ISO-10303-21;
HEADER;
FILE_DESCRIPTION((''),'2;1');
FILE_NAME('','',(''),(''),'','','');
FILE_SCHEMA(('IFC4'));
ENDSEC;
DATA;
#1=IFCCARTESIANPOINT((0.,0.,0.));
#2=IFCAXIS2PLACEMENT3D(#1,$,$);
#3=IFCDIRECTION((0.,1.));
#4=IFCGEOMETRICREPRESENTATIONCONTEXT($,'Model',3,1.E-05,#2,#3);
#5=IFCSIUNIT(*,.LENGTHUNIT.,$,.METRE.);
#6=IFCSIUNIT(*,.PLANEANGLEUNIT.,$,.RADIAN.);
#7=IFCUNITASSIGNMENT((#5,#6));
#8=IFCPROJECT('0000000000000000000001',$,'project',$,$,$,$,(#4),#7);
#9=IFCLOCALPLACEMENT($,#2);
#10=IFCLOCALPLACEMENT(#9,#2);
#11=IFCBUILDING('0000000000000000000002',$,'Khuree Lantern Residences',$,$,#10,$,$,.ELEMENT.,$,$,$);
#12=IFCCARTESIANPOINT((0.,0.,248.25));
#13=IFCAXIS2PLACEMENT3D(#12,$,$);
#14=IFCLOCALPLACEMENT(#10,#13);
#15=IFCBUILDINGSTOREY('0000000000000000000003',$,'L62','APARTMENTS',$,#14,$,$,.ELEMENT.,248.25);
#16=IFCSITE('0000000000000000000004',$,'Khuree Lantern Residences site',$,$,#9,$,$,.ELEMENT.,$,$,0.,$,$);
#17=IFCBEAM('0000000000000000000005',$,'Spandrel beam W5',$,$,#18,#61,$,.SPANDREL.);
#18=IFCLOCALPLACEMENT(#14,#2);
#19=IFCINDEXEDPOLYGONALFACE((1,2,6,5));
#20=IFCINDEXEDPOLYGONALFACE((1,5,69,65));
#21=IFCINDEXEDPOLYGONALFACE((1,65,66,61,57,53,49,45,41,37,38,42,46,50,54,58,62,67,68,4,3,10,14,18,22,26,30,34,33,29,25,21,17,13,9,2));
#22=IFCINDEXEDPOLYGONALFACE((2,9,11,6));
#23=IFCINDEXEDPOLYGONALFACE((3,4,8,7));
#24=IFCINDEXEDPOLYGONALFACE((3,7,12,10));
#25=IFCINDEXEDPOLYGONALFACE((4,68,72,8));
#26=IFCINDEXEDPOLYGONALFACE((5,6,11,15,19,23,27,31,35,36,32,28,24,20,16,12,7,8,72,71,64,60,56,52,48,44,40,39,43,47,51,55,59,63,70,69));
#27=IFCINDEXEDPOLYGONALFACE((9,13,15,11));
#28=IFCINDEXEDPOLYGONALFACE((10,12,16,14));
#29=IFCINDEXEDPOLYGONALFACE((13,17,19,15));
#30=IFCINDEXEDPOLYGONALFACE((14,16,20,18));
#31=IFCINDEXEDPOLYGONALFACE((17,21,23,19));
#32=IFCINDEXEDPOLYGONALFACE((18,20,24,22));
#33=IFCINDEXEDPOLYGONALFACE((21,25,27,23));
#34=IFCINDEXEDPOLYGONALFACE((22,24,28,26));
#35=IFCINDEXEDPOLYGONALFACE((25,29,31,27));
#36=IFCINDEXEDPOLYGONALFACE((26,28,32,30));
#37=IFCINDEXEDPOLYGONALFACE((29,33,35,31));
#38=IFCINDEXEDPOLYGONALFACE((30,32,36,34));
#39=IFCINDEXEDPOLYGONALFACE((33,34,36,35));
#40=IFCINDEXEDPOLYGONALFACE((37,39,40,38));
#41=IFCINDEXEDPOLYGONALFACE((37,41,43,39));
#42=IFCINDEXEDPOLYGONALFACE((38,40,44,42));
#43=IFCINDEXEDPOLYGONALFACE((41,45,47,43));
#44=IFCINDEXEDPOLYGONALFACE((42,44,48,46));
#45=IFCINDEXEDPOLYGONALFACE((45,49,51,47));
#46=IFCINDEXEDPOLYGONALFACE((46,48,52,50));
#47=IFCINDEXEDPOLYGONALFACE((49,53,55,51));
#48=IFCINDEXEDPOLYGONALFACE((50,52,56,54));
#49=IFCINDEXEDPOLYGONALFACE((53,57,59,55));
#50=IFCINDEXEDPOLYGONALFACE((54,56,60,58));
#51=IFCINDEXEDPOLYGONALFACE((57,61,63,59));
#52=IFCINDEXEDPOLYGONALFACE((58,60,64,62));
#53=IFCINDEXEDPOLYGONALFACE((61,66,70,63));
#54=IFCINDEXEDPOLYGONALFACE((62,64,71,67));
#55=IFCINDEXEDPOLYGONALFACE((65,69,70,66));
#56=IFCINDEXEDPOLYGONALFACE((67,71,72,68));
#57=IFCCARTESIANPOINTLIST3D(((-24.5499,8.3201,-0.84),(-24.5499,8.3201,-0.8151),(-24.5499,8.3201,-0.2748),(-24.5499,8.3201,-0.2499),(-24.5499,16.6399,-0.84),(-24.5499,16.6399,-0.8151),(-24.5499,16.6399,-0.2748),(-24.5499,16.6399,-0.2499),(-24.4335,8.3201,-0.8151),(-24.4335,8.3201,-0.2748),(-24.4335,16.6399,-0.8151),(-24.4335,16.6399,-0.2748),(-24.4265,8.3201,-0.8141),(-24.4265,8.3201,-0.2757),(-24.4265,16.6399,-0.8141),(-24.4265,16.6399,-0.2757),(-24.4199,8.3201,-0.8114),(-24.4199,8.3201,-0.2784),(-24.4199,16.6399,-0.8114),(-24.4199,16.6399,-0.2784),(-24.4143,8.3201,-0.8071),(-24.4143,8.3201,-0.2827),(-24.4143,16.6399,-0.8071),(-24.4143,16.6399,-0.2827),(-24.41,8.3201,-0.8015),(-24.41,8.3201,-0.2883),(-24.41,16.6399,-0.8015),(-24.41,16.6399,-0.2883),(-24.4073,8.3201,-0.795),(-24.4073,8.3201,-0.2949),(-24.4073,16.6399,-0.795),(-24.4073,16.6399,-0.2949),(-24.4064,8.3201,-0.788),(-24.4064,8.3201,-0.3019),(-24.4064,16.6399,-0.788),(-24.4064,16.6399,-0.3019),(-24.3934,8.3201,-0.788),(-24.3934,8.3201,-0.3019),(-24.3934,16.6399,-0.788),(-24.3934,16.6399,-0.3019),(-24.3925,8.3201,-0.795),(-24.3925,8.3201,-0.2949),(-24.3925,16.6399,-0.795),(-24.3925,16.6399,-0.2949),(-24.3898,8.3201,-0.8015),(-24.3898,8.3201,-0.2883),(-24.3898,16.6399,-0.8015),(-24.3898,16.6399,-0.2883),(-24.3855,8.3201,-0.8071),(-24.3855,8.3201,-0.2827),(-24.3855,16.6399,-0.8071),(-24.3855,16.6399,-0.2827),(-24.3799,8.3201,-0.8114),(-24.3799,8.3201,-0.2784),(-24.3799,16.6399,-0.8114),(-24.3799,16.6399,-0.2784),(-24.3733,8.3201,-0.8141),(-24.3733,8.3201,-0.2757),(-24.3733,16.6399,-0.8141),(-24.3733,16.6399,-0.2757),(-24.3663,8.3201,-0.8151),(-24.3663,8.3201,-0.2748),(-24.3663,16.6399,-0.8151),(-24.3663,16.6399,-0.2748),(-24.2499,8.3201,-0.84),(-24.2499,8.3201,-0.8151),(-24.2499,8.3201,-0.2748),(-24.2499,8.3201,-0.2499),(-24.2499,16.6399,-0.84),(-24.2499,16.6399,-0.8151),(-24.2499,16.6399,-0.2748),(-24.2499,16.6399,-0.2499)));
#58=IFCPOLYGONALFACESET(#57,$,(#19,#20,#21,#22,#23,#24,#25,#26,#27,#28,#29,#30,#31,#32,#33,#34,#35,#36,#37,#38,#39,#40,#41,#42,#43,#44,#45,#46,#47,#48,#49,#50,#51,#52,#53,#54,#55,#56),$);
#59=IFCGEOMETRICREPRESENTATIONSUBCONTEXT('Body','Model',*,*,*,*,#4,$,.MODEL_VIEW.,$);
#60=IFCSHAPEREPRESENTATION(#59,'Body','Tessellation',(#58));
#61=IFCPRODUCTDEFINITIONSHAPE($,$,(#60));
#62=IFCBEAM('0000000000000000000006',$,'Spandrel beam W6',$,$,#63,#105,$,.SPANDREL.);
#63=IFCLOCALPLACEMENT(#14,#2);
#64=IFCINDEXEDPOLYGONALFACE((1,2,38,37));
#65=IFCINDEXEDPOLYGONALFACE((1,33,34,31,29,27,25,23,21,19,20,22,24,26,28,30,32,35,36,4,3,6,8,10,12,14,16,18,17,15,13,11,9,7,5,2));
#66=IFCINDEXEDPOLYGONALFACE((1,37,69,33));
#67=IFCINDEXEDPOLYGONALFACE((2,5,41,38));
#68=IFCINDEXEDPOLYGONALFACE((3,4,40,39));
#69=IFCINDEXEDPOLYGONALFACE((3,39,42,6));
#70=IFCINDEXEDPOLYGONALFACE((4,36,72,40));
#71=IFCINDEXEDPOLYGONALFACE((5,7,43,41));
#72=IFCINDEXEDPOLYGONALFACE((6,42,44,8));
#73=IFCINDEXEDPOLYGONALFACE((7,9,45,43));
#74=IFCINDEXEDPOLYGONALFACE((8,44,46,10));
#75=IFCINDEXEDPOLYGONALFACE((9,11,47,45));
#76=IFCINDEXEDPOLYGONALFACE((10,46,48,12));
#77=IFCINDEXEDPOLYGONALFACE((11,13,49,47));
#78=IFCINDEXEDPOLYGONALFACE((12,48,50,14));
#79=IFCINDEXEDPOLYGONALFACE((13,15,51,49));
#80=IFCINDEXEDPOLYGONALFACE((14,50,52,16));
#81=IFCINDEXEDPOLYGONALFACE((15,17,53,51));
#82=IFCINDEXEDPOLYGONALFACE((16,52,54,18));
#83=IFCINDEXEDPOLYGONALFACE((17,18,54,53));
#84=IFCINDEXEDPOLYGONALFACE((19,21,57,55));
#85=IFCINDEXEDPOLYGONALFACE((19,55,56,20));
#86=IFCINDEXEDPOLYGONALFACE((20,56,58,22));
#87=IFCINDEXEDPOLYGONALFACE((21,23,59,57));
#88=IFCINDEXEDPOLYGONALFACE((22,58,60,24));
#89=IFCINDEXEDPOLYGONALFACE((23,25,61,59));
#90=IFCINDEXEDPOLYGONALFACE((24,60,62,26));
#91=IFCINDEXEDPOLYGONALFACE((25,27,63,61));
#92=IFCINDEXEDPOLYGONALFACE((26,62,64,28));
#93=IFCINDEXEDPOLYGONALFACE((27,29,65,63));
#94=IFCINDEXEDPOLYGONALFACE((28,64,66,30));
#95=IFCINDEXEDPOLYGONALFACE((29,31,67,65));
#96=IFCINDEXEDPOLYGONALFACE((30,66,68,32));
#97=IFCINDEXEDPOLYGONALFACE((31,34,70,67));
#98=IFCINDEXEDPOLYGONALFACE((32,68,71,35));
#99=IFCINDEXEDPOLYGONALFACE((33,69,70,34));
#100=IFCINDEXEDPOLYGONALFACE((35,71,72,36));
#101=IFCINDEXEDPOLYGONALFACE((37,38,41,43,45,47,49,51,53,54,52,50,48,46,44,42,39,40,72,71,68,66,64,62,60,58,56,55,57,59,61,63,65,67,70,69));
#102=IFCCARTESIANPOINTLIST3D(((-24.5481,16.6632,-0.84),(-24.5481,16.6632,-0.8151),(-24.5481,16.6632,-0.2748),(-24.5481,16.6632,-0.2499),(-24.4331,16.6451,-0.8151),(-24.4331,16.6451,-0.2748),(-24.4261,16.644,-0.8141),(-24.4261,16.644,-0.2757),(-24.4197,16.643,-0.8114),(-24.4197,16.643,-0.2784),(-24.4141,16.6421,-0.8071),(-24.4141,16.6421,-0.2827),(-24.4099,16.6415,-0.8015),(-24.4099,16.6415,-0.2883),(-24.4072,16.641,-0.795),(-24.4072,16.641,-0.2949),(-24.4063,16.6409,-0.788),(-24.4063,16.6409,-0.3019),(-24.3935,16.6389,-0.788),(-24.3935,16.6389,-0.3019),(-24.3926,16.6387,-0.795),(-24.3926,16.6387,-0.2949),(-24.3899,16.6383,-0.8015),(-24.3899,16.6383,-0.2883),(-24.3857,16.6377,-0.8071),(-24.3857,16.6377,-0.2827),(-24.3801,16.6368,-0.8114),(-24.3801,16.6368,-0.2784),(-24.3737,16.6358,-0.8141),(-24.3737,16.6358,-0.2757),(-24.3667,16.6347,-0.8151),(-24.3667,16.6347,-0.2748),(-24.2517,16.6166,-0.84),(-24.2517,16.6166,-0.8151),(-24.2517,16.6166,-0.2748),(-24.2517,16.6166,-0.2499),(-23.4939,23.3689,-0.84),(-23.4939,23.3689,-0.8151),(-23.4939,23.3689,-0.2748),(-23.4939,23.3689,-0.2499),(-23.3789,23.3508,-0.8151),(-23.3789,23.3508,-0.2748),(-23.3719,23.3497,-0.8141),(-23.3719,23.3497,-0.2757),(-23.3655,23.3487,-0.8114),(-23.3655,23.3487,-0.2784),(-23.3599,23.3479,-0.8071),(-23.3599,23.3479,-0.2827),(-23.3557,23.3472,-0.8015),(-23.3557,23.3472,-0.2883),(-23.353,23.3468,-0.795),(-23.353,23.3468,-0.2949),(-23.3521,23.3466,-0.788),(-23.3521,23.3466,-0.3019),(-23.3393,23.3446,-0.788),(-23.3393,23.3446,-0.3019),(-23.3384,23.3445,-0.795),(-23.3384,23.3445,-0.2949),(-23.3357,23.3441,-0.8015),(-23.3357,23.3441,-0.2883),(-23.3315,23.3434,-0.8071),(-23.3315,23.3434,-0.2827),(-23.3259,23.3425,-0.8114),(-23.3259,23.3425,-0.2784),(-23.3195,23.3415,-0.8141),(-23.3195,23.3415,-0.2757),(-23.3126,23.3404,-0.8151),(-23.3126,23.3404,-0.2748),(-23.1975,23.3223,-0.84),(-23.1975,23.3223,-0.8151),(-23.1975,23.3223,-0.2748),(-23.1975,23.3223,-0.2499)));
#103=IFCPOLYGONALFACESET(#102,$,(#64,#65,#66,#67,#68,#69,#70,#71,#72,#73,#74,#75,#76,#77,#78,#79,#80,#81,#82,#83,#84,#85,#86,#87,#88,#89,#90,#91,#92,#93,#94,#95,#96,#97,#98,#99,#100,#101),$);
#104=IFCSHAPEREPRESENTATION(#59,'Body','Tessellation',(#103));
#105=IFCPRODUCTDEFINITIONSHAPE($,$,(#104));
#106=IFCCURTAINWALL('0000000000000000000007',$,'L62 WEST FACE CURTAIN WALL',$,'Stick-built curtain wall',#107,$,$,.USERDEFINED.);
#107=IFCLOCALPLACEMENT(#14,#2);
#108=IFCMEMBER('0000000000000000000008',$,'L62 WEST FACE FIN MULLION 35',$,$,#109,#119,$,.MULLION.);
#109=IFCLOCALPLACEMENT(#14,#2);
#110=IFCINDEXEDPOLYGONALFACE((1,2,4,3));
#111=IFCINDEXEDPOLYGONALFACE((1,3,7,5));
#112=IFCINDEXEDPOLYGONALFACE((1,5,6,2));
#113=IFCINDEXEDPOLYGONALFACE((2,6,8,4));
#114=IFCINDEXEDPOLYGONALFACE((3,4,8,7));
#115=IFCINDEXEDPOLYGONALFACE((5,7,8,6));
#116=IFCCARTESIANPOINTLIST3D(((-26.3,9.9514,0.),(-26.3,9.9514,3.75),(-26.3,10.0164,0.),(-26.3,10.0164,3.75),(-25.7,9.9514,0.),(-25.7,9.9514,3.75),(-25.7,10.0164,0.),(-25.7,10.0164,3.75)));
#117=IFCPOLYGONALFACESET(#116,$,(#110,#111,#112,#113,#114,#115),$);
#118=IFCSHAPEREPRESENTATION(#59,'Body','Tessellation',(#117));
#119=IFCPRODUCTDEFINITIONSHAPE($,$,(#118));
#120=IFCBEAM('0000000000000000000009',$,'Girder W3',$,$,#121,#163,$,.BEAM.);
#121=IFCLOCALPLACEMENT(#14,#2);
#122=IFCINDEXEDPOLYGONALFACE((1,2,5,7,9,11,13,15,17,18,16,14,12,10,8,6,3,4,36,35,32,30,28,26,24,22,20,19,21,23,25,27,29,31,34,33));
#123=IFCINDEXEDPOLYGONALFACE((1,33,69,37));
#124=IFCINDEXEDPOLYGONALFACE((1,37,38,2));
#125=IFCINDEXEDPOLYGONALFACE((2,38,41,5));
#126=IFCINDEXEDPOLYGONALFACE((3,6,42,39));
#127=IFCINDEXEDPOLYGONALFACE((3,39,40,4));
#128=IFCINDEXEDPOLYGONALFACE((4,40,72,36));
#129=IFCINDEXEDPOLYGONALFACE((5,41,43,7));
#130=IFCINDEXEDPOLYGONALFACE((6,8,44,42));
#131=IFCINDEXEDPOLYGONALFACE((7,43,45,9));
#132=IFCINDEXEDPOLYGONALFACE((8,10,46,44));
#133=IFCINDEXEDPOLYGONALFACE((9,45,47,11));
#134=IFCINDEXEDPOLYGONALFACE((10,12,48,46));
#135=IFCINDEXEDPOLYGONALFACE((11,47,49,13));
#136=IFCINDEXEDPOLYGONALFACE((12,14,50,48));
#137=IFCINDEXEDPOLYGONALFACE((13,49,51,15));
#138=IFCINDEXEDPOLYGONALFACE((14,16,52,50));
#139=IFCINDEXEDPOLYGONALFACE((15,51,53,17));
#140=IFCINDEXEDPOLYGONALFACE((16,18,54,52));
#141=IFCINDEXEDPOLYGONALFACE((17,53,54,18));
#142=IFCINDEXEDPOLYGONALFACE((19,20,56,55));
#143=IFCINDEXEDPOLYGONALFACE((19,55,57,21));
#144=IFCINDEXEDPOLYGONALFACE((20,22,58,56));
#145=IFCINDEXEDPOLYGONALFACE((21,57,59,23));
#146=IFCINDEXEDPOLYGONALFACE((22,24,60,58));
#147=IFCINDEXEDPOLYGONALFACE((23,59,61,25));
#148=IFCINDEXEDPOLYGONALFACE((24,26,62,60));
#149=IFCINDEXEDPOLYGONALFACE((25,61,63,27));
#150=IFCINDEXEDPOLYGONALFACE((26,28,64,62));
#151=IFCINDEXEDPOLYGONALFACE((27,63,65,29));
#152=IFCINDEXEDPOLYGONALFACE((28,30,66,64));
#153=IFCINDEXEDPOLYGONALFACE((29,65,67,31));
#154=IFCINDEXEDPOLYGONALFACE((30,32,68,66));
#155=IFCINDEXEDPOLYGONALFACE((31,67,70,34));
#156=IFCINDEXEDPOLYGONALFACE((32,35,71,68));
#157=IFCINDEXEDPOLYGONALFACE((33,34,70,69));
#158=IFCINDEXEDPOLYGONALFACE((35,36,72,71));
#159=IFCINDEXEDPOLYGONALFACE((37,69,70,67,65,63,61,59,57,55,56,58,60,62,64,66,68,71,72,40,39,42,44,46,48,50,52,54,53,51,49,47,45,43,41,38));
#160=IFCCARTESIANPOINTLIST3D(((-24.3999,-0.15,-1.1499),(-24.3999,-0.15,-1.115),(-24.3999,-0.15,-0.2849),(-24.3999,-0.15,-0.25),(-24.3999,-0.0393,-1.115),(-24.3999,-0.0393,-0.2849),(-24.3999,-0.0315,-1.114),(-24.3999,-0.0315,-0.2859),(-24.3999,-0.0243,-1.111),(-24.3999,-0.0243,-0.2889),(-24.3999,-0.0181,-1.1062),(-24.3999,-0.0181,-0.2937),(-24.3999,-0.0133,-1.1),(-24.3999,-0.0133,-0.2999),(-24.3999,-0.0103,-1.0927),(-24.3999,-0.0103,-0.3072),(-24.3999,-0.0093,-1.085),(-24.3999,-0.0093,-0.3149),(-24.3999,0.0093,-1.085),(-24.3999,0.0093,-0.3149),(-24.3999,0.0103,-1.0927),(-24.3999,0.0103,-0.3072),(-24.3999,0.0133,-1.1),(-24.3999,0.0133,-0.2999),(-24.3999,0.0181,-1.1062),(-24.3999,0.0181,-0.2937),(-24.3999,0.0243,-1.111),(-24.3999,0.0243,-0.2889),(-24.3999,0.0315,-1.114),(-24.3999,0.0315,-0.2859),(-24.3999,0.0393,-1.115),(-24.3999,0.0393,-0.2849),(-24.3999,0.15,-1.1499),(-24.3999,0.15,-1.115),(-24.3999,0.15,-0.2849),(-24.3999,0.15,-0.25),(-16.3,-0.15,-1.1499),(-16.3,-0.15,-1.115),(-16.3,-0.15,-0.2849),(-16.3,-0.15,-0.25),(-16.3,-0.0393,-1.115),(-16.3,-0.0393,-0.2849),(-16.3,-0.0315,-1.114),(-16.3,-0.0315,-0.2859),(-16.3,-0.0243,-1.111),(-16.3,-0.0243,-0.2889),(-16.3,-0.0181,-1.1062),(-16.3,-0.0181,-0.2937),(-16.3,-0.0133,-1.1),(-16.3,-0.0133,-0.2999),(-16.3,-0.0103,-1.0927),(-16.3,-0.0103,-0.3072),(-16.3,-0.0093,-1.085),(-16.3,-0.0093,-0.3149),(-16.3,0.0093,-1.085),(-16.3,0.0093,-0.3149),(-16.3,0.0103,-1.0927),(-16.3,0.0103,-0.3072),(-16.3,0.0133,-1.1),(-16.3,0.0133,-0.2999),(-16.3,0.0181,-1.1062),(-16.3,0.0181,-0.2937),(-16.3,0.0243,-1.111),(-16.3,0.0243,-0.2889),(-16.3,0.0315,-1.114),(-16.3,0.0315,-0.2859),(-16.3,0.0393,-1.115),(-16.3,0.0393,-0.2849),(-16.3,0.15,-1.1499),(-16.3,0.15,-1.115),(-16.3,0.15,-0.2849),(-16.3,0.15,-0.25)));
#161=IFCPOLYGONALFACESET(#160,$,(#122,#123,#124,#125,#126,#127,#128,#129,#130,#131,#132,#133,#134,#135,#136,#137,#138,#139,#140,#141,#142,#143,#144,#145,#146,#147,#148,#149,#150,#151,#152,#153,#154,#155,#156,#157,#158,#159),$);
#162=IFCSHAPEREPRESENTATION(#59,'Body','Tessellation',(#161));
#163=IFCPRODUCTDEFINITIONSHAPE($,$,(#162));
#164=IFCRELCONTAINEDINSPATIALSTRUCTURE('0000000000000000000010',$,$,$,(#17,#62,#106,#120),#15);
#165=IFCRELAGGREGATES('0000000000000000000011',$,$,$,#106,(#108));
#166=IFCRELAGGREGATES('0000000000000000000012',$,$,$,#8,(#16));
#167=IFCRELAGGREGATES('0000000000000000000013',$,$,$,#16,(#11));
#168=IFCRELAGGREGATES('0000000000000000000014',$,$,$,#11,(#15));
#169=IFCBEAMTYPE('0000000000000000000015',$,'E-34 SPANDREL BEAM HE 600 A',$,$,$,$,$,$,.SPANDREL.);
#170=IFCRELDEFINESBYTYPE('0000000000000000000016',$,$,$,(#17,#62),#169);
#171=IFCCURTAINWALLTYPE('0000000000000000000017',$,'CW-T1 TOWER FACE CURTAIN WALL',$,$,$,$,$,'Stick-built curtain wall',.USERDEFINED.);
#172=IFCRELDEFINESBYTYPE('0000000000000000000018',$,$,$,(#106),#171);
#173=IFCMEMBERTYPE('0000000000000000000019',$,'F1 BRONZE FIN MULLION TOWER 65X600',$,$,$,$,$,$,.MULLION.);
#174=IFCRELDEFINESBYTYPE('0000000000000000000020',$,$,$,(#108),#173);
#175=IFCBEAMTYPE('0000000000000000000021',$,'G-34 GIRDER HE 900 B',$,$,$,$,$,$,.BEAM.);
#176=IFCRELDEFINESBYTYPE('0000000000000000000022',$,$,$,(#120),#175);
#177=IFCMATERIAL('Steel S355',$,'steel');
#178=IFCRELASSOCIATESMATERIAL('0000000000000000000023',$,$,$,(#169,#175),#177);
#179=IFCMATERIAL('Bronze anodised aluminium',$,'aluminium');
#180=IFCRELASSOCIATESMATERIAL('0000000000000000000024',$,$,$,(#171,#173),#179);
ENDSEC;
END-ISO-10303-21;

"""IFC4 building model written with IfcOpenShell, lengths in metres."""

from ifc_helpers import new_model, si_unit, direction, frame, origin, origin_2d, place, context, subcontext, project, spatial, rectangle, i_section, extrude, material, material_profile, profile_set, type_object, element, aggregate, save


model = new_model("IFC4")

# Units and contexts
model_context = context("Model", 3, precision=1e-05, world=origin(), true_north=direction((0.0, 1.0)))
body_context = subcontext(model_context, "Body", "Model", "MODEL_VIEW")
ifc_project = project(units=[si_unit("LENGTHUNIT", "METRE"), si_unit("PLANEANGLEUNIT", "RADIAN")], contexts=[model_context])

# Site, building, storey
site_placement = place(None, origin())
site = spatial("IfcSite", under=ifc_project, at=site_placement, Name="Khuree Lantern Residences site", CompositionType="ELEMENT", RefElevation=0.0)
building_placement = place(site_placement, origin())
building = spatial("IfcBuilding", under=site, at=building_placement, Name="Khuree Lantern Residences", CompositionType="ELEMENT")
storey_placement = place(building_placement, frame((0.0, 0.0, 248.25)))
storey = spatial("IfcBuildingStorey", under=building, at=storey_placement, Name="L62", Description="APARTMENTS", CompositionType="ELEMENT", Elevation=248.25)

# Beams
ifc_material_1 = material(Name="Steel S355", Category="steel")
ifc_material_profile_1 = material_profile(ifc_material_1, i_section(OverallWidth=0.3, OverallDepth=0.5901, WebThickness=0.0129, FlangeThickness=0.0249, FilletRadius=0.0271, at=origin_2d()), Name="HE 600 A")
ifc_profile_set_1 = profile_set([ifc_material_profile_1], Name="Steel S355")
beam_type_1 = type_object("IfcBeamType", Name="E-34 SPANDREL BEAM HE 600 A", PredefinedType="SPANDREL", material=ifc_profile_set_1)
beam_1_placement = place(storey_placement, frame((-24.3999, 8.3201, -0.5449), z_axis=(0.0, 1.0, 0.0), x_axis=(-1.0, 0.0, 0.0)))
element("IfcBeam", 1, at=beam_1_placement, inside=storey, type_object=beam_type_1, Name="Spandrel beam W5", PredefinedType="SPANDREL", context=body_context, shape_type="SweptSolid", body=[
    extrude(i_section(OverallWidth=0.3, OverallDepth=0.5901, WebThickness=0.0129, FlangeThickness=0.0249, FilletRadius=0.0271, at=origin_2d()), origin(), (0.0, 0.0, 1.0), 8.3198),
])
beam_2_placement = place(storey_placement, frame((-24.3999, 16.6399, -0.5449), z_axis=(0.1553, 0.987867, 0.0), x_axis=(-0.987867, 0.1553, 0.0)))
element("IfcBeam", 2, at=beam_2_placement, inside=storey, type_object=beam_type_1, Name="Spandrel beam W6", PredefinedType="SPANDREL", context=body_context, shape_type="SweptSolid", body=[
    extrude(i_section(OverallWidth=0.3, OverallDepth=0.5901, WebThickness=0.0129, FlangeThickness=0.0249, FilletRadius=0.0271, at=origin_2d()), origin(), (0.0, 0.0, 1.0), 6.7881),
])

# Curtain wall, member
ifc_material_2 = material(Name="Bronze anodised aluminium", Category="aluminium")
curtain_wall_type = type_object("IfcCurtainWallType", Name="CW-T1 TOWER FACE CURTAIN WALL", ElementType="Stick-built curtain wall", PredefinedType="USERDEFINED", material=ifc_material_2)
curtain_wall_placement = place(storey_placement, origin())
curtain_wall = element("IfcCurtainWall", 3, at=curtain_wall_placement, inside=storey, type_object=curtain_wall_type, Name="L62 WEST FACE CURTAIN WALL", ObjectType="Stick-built curtain wall", PredefinedType="USERDEFINED")
ifc_material_profile_2 = material_profile(ifc_material_2, rectangle(XDim=0.0649, YDim=0.6001, at=origin_2d()), Name="F1 65X600")
ifc_profile_set_2 = profile_set([ifc_material_profile_2], Name="Bronze anodised aluminium")
member_type_1 = type_object("IfcMemberType", Name="F1 BRONZE FIN MULLION TOWER 65X600", PredefinedType="MULLION", material=ifc_profile_set_2)
member_1_placement = place(storey_placement, frame((-26.0, 9.9839, 0.0), z_axis=(0.0, 0.0, 1.0), x_axis=(0.0, -1.0, 0.0)))
member_1 = element("IfcMember", 4, at=member_1_placement, type_object=member_type_1, Name="L62 WEST FACE FIN MULLION 35", PredefinedType="MULLION", context=body_context, shape_type="SweptSolid", body=[
    extrude(rectangle(XDim=0.0649, YDim=0.6001, at=origin_2d()), origin(), (0.0, 0.0, 1.0), 3.75),
])

# Beam
ifc_material_profile_3 = material_profile(ifc_material_1, i_section(OverallWidth=0.3, OverallDepth=0.8999, WebThickness=0.0186, FlangeThickness=0.0349, FilletRadius=0.03, at=origin_2d()), Name="HE 900 B")
ifc_profile_set_3 = profile_set([ifc_material_profile_3], Name="Steel S355")
beam_type_2 = type_object("IfcBeamType", Name="G-34 GIRDER HE 900 B", PredefinedType="BEAM", material=ifc_profile_set_3)
for number, where, z_axis, x_axis, name in (
    (5, (-24.3999, 0.0, -0.7), (1.0, 0.0, 0.0), (0.0, 1.0, 0.0), "Girder W3"),
):
    element("IfcBeam", number, at=place(storey_placement, frame(where, z_axis=z_axis, x_axis=x_axis)), inside=storey, type_object=beam_type_2, Name=name, PredefinedType="BEAM", context=body_context, shape_type="SweptSolid", body=[
        extrude(i_section(OverallWidth=0.3, OverallDepth=0.8999, WebThickness=0.0186, FlangeThickness=0.0349, FilletRadius=0.03, at=origin_2d()), origin(), (0.0, 0.0, 1.0), 8.0999),
    ])

aggregate(curtain_wall, [member_1])

save(model, "model.ifc")
